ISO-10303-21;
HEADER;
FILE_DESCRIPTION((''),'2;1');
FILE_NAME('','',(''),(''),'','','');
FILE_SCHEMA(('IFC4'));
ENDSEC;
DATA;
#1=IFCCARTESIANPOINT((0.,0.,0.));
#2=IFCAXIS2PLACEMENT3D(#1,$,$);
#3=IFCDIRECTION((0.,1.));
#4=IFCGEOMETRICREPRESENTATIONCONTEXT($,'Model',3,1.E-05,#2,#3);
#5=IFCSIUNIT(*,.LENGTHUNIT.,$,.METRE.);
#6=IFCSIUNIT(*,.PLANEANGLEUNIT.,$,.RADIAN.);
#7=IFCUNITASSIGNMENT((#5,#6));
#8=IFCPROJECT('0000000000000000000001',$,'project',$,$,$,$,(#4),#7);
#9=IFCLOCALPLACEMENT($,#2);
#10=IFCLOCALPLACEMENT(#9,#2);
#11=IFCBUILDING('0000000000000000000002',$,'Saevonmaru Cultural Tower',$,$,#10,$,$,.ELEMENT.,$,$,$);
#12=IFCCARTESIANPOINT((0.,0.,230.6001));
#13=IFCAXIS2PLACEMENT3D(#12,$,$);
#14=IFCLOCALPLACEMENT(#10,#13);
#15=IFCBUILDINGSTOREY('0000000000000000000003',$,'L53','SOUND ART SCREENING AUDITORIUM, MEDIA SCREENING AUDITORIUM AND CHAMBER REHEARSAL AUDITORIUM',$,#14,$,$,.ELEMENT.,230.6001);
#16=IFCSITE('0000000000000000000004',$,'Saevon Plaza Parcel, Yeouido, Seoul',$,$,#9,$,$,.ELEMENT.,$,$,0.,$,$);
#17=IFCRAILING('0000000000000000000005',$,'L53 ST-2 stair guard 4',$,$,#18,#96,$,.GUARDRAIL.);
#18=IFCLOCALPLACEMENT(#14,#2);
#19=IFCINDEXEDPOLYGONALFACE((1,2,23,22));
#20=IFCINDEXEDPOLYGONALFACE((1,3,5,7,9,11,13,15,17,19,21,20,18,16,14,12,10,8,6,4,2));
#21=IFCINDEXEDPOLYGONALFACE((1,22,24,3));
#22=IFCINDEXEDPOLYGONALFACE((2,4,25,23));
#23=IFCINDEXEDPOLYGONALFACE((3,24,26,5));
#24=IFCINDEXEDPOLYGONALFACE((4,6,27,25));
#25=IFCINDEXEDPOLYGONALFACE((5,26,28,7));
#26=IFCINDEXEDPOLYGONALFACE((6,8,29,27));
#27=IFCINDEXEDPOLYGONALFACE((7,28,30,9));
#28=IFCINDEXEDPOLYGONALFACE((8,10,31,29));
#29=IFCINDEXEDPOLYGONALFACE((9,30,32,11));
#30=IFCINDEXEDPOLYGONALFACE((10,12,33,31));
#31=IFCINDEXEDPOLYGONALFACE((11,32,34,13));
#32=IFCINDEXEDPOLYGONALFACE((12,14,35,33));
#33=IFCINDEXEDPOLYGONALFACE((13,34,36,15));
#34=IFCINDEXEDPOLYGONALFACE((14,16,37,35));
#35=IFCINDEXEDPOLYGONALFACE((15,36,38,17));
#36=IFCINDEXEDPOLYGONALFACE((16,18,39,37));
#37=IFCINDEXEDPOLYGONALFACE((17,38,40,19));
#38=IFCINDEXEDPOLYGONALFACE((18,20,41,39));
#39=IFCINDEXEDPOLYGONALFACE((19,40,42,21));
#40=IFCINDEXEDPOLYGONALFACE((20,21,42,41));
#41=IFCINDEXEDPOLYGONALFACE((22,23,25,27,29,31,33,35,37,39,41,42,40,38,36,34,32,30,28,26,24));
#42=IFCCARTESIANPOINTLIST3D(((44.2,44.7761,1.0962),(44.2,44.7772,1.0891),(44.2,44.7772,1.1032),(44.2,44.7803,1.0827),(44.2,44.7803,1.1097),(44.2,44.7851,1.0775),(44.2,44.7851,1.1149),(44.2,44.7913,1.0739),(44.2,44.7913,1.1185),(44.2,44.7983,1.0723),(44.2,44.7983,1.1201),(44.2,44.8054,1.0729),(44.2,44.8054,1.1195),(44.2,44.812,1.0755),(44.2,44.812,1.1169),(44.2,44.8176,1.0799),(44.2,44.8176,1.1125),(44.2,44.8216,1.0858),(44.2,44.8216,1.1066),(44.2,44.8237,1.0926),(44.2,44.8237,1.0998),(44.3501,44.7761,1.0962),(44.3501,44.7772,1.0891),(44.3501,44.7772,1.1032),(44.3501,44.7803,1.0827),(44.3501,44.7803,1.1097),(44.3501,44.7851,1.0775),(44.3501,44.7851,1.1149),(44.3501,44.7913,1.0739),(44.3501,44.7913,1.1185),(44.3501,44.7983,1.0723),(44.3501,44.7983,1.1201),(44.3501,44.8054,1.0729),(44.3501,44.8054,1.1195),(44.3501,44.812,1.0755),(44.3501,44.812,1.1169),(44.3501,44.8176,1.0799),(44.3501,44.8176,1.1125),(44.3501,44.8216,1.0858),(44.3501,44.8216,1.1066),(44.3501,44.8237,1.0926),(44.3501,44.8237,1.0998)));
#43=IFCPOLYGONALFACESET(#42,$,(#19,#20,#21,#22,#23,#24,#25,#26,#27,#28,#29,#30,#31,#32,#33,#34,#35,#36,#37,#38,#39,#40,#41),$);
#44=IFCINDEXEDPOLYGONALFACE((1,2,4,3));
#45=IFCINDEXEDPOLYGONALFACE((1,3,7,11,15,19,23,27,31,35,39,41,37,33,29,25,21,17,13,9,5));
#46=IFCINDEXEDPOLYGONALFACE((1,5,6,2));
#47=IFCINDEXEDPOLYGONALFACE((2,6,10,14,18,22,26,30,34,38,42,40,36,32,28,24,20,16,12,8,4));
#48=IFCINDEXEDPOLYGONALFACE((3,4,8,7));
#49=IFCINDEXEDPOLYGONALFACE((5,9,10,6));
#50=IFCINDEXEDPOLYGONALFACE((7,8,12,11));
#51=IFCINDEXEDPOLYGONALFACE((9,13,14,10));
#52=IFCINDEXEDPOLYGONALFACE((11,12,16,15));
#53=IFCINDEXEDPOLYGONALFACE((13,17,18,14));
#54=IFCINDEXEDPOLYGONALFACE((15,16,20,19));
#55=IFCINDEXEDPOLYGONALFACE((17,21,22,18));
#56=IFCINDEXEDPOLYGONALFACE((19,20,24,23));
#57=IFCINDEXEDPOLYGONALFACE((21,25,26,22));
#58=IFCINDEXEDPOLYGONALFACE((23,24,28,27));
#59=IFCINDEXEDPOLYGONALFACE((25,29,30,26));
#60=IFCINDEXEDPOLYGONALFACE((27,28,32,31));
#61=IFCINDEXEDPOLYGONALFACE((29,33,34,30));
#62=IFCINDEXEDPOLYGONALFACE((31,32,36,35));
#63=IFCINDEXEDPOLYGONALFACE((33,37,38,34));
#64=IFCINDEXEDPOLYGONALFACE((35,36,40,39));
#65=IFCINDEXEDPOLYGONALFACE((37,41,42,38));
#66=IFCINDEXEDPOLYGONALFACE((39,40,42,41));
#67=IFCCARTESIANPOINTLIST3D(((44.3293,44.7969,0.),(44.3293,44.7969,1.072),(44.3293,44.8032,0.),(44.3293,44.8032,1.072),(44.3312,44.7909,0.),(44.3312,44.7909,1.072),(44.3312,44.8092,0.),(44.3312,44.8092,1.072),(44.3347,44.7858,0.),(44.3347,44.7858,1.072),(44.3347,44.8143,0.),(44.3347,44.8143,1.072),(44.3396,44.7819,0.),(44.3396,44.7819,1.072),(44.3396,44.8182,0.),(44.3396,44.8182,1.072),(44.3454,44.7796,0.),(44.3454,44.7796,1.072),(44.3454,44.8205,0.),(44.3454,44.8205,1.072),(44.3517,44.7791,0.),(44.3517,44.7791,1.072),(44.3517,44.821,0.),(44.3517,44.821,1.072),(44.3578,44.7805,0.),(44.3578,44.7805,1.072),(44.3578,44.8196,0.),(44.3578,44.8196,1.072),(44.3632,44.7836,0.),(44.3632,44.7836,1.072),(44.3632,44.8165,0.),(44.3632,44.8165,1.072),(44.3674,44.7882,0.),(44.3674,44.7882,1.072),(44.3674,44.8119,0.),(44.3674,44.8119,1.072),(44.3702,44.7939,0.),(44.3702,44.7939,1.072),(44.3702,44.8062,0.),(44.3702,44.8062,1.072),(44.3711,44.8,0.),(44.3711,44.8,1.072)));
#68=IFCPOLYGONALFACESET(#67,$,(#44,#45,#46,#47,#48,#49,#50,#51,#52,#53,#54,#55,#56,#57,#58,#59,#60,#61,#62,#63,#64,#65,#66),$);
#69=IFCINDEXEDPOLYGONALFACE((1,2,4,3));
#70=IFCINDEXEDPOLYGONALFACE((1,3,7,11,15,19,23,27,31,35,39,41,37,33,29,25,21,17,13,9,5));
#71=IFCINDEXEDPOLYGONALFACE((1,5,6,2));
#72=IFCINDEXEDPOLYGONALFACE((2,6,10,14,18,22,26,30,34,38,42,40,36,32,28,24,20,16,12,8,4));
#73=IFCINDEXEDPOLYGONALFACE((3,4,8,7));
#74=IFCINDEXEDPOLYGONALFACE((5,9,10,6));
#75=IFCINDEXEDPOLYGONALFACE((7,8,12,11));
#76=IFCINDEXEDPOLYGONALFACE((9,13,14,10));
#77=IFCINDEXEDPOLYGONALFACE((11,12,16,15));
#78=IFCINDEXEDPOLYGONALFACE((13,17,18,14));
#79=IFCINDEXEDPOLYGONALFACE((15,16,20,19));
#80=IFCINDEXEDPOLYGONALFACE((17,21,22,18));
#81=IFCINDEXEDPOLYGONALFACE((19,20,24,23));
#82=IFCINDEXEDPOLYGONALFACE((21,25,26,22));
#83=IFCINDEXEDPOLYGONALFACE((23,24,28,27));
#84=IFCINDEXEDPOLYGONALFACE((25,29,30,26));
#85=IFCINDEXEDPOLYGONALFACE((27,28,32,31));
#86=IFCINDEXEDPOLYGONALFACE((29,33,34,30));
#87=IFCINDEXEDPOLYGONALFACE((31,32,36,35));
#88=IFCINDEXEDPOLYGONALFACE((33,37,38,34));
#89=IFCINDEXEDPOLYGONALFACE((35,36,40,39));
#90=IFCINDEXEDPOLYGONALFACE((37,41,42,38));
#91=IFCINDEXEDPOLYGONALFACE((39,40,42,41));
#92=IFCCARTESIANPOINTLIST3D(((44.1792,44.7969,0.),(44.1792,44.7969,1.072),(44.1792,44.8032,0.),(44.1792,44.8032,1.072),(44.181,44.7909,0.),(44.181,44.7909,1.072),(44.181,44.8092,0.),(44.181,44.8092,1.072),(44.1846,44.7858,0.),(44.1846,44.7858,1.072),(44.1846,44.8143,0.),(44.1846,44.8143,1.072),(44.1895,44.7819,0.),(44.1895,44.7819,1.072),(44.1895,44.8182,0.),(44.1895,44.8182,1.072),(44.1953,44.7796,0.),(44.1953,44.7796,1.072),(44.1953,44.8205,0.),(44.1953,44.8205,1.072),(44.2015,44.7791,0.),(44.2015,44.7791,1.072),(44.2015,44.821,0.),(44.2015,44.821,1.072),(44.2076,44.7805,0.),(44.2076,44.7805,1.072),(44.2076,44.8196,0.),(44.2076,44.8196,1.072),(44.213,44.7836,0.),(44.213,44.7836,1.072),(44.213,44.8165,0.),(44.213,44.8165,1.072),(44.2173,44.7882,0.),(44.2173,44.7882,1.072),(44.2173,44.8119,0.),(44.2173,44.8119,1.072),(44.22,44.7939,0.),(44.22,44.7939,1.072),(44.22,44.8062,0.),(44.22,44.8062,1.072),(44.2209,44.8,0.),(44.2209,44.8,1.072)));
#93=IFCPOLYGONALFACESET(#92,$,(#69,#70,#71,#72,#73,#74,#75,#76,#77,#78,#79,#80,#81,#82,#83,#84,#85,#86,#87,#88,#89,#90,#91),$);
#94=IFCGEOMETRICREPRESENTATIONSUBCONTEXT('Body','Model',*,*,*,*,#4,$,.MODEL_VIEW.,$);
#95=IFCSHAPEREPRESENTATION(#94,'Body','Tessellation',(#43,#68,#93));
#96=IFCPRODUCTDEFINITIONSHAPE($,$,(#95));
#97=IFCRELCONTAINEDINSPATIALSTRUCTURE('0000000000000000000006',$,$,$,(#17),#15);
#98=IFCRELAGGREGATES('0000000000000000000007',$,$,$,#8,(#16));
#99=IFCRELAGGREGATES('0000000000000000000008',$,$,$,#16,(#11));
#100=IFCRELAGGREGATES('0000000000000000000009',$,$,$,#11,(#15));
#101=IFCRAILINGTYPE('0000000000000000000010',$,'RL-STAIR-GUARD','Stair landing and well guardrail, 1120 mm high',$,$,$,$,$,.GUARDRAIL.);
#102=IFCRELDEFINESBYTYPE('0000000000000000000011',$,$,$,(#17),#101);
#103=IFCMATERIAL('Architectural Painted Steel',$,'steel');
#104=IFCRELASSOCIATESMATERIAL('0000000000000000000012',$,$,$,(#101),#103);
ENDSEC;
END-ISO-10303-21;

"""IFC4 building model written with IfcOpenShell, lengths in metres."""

from ifc_helpers import new_model, si_unit, direction, frame, origin, origin_2d, place, context, subcontext, project, spatial, circle, extrude, material, type_object, element, save


model = new_model("IFC4")

# Units and contexts
model_context = context("Model", 3, precision=1e-05, world=origin(), true_north=direction((0.0, 1.0)))
body_context = subcontext(model_context, "Body", "Model", "MODEL_VIEW")
ifc_project = project(units=[si_unit("LENGTHUNIT", "METRE"), si_unit("PLANEANGLEUNIT", "RADIAN")], contexts=[model_context])

# Site, building, storey
site_placement = place(None, origin())
site = spatial("IfcSite", under=ifc_project, at=site_placement, Name="Saevon Plaza Parcel, Yeouido, Seoul", CompositionType="ELEMENT", RefElevation=0.0)
building_placement = place(site_placement, origin())
building = spatial("IfcBuilding", under=site, at=building_placement, Name="Saevonmaru Cultural Tower", CompositionType="ELEMENT")
storey_placement = place(building_placement, frame((0.0, 0.0, 230.6001)))
storey = spatial("IfcBuildingStorey", under=building, at=storey_placement, Name="L53", Description="SOUND ART SCREENING AUDITORIUM, MEDIA SCREENING AUDITORIUM AND CHAMBER REHEARSAL AUDITORIUM", CompositionType="ELEMENT", Elevation=230.6001)

# Railing
ifc_material_1 = material(Name="Architectural Painted Steel", Category="steel")
railing_type_1 = type_object("IfcRailingType", Name="RL-STAIR-GUARD", Description="Stair landing and well guardrail, 1120 mm high", PredefinedType="GUARDRAIL", material=ifc_material_1)
railing_1_placement = place(storey_placement, frame((44.3501, 44.8, 0.0)))
element("IfcRailing", 1, at=railing_1_placement, inside=storey, type_object=railing_type_1, Name="L53 ST-2 stair guard 4", PredefinedType="GUARDRAIL", context=body_context, shape_type="SweptSolid", body=[
    extrude(circle(Radius=0.0239, at=origin_2d()), frame((0.0, 0.0, 1.0962), z_axis=(-1.0, 0.0, 0.0), x_axis=(0.0, -1.0, 0.0)), (0.0, 0.0, 1.0), 0.1501),
    extrude(circle(Radius=0.021, at=origin_2d()), origin(), (0.0, 0.0, 1.0), 1.072),
    extrude(circle(Radius=0.021, at=origin_2d()), frame((-0.1501, 0.0, 0.0)), (0.0, 0.0, 1.0), 1.072),
])

save(model, "model.ifc")
